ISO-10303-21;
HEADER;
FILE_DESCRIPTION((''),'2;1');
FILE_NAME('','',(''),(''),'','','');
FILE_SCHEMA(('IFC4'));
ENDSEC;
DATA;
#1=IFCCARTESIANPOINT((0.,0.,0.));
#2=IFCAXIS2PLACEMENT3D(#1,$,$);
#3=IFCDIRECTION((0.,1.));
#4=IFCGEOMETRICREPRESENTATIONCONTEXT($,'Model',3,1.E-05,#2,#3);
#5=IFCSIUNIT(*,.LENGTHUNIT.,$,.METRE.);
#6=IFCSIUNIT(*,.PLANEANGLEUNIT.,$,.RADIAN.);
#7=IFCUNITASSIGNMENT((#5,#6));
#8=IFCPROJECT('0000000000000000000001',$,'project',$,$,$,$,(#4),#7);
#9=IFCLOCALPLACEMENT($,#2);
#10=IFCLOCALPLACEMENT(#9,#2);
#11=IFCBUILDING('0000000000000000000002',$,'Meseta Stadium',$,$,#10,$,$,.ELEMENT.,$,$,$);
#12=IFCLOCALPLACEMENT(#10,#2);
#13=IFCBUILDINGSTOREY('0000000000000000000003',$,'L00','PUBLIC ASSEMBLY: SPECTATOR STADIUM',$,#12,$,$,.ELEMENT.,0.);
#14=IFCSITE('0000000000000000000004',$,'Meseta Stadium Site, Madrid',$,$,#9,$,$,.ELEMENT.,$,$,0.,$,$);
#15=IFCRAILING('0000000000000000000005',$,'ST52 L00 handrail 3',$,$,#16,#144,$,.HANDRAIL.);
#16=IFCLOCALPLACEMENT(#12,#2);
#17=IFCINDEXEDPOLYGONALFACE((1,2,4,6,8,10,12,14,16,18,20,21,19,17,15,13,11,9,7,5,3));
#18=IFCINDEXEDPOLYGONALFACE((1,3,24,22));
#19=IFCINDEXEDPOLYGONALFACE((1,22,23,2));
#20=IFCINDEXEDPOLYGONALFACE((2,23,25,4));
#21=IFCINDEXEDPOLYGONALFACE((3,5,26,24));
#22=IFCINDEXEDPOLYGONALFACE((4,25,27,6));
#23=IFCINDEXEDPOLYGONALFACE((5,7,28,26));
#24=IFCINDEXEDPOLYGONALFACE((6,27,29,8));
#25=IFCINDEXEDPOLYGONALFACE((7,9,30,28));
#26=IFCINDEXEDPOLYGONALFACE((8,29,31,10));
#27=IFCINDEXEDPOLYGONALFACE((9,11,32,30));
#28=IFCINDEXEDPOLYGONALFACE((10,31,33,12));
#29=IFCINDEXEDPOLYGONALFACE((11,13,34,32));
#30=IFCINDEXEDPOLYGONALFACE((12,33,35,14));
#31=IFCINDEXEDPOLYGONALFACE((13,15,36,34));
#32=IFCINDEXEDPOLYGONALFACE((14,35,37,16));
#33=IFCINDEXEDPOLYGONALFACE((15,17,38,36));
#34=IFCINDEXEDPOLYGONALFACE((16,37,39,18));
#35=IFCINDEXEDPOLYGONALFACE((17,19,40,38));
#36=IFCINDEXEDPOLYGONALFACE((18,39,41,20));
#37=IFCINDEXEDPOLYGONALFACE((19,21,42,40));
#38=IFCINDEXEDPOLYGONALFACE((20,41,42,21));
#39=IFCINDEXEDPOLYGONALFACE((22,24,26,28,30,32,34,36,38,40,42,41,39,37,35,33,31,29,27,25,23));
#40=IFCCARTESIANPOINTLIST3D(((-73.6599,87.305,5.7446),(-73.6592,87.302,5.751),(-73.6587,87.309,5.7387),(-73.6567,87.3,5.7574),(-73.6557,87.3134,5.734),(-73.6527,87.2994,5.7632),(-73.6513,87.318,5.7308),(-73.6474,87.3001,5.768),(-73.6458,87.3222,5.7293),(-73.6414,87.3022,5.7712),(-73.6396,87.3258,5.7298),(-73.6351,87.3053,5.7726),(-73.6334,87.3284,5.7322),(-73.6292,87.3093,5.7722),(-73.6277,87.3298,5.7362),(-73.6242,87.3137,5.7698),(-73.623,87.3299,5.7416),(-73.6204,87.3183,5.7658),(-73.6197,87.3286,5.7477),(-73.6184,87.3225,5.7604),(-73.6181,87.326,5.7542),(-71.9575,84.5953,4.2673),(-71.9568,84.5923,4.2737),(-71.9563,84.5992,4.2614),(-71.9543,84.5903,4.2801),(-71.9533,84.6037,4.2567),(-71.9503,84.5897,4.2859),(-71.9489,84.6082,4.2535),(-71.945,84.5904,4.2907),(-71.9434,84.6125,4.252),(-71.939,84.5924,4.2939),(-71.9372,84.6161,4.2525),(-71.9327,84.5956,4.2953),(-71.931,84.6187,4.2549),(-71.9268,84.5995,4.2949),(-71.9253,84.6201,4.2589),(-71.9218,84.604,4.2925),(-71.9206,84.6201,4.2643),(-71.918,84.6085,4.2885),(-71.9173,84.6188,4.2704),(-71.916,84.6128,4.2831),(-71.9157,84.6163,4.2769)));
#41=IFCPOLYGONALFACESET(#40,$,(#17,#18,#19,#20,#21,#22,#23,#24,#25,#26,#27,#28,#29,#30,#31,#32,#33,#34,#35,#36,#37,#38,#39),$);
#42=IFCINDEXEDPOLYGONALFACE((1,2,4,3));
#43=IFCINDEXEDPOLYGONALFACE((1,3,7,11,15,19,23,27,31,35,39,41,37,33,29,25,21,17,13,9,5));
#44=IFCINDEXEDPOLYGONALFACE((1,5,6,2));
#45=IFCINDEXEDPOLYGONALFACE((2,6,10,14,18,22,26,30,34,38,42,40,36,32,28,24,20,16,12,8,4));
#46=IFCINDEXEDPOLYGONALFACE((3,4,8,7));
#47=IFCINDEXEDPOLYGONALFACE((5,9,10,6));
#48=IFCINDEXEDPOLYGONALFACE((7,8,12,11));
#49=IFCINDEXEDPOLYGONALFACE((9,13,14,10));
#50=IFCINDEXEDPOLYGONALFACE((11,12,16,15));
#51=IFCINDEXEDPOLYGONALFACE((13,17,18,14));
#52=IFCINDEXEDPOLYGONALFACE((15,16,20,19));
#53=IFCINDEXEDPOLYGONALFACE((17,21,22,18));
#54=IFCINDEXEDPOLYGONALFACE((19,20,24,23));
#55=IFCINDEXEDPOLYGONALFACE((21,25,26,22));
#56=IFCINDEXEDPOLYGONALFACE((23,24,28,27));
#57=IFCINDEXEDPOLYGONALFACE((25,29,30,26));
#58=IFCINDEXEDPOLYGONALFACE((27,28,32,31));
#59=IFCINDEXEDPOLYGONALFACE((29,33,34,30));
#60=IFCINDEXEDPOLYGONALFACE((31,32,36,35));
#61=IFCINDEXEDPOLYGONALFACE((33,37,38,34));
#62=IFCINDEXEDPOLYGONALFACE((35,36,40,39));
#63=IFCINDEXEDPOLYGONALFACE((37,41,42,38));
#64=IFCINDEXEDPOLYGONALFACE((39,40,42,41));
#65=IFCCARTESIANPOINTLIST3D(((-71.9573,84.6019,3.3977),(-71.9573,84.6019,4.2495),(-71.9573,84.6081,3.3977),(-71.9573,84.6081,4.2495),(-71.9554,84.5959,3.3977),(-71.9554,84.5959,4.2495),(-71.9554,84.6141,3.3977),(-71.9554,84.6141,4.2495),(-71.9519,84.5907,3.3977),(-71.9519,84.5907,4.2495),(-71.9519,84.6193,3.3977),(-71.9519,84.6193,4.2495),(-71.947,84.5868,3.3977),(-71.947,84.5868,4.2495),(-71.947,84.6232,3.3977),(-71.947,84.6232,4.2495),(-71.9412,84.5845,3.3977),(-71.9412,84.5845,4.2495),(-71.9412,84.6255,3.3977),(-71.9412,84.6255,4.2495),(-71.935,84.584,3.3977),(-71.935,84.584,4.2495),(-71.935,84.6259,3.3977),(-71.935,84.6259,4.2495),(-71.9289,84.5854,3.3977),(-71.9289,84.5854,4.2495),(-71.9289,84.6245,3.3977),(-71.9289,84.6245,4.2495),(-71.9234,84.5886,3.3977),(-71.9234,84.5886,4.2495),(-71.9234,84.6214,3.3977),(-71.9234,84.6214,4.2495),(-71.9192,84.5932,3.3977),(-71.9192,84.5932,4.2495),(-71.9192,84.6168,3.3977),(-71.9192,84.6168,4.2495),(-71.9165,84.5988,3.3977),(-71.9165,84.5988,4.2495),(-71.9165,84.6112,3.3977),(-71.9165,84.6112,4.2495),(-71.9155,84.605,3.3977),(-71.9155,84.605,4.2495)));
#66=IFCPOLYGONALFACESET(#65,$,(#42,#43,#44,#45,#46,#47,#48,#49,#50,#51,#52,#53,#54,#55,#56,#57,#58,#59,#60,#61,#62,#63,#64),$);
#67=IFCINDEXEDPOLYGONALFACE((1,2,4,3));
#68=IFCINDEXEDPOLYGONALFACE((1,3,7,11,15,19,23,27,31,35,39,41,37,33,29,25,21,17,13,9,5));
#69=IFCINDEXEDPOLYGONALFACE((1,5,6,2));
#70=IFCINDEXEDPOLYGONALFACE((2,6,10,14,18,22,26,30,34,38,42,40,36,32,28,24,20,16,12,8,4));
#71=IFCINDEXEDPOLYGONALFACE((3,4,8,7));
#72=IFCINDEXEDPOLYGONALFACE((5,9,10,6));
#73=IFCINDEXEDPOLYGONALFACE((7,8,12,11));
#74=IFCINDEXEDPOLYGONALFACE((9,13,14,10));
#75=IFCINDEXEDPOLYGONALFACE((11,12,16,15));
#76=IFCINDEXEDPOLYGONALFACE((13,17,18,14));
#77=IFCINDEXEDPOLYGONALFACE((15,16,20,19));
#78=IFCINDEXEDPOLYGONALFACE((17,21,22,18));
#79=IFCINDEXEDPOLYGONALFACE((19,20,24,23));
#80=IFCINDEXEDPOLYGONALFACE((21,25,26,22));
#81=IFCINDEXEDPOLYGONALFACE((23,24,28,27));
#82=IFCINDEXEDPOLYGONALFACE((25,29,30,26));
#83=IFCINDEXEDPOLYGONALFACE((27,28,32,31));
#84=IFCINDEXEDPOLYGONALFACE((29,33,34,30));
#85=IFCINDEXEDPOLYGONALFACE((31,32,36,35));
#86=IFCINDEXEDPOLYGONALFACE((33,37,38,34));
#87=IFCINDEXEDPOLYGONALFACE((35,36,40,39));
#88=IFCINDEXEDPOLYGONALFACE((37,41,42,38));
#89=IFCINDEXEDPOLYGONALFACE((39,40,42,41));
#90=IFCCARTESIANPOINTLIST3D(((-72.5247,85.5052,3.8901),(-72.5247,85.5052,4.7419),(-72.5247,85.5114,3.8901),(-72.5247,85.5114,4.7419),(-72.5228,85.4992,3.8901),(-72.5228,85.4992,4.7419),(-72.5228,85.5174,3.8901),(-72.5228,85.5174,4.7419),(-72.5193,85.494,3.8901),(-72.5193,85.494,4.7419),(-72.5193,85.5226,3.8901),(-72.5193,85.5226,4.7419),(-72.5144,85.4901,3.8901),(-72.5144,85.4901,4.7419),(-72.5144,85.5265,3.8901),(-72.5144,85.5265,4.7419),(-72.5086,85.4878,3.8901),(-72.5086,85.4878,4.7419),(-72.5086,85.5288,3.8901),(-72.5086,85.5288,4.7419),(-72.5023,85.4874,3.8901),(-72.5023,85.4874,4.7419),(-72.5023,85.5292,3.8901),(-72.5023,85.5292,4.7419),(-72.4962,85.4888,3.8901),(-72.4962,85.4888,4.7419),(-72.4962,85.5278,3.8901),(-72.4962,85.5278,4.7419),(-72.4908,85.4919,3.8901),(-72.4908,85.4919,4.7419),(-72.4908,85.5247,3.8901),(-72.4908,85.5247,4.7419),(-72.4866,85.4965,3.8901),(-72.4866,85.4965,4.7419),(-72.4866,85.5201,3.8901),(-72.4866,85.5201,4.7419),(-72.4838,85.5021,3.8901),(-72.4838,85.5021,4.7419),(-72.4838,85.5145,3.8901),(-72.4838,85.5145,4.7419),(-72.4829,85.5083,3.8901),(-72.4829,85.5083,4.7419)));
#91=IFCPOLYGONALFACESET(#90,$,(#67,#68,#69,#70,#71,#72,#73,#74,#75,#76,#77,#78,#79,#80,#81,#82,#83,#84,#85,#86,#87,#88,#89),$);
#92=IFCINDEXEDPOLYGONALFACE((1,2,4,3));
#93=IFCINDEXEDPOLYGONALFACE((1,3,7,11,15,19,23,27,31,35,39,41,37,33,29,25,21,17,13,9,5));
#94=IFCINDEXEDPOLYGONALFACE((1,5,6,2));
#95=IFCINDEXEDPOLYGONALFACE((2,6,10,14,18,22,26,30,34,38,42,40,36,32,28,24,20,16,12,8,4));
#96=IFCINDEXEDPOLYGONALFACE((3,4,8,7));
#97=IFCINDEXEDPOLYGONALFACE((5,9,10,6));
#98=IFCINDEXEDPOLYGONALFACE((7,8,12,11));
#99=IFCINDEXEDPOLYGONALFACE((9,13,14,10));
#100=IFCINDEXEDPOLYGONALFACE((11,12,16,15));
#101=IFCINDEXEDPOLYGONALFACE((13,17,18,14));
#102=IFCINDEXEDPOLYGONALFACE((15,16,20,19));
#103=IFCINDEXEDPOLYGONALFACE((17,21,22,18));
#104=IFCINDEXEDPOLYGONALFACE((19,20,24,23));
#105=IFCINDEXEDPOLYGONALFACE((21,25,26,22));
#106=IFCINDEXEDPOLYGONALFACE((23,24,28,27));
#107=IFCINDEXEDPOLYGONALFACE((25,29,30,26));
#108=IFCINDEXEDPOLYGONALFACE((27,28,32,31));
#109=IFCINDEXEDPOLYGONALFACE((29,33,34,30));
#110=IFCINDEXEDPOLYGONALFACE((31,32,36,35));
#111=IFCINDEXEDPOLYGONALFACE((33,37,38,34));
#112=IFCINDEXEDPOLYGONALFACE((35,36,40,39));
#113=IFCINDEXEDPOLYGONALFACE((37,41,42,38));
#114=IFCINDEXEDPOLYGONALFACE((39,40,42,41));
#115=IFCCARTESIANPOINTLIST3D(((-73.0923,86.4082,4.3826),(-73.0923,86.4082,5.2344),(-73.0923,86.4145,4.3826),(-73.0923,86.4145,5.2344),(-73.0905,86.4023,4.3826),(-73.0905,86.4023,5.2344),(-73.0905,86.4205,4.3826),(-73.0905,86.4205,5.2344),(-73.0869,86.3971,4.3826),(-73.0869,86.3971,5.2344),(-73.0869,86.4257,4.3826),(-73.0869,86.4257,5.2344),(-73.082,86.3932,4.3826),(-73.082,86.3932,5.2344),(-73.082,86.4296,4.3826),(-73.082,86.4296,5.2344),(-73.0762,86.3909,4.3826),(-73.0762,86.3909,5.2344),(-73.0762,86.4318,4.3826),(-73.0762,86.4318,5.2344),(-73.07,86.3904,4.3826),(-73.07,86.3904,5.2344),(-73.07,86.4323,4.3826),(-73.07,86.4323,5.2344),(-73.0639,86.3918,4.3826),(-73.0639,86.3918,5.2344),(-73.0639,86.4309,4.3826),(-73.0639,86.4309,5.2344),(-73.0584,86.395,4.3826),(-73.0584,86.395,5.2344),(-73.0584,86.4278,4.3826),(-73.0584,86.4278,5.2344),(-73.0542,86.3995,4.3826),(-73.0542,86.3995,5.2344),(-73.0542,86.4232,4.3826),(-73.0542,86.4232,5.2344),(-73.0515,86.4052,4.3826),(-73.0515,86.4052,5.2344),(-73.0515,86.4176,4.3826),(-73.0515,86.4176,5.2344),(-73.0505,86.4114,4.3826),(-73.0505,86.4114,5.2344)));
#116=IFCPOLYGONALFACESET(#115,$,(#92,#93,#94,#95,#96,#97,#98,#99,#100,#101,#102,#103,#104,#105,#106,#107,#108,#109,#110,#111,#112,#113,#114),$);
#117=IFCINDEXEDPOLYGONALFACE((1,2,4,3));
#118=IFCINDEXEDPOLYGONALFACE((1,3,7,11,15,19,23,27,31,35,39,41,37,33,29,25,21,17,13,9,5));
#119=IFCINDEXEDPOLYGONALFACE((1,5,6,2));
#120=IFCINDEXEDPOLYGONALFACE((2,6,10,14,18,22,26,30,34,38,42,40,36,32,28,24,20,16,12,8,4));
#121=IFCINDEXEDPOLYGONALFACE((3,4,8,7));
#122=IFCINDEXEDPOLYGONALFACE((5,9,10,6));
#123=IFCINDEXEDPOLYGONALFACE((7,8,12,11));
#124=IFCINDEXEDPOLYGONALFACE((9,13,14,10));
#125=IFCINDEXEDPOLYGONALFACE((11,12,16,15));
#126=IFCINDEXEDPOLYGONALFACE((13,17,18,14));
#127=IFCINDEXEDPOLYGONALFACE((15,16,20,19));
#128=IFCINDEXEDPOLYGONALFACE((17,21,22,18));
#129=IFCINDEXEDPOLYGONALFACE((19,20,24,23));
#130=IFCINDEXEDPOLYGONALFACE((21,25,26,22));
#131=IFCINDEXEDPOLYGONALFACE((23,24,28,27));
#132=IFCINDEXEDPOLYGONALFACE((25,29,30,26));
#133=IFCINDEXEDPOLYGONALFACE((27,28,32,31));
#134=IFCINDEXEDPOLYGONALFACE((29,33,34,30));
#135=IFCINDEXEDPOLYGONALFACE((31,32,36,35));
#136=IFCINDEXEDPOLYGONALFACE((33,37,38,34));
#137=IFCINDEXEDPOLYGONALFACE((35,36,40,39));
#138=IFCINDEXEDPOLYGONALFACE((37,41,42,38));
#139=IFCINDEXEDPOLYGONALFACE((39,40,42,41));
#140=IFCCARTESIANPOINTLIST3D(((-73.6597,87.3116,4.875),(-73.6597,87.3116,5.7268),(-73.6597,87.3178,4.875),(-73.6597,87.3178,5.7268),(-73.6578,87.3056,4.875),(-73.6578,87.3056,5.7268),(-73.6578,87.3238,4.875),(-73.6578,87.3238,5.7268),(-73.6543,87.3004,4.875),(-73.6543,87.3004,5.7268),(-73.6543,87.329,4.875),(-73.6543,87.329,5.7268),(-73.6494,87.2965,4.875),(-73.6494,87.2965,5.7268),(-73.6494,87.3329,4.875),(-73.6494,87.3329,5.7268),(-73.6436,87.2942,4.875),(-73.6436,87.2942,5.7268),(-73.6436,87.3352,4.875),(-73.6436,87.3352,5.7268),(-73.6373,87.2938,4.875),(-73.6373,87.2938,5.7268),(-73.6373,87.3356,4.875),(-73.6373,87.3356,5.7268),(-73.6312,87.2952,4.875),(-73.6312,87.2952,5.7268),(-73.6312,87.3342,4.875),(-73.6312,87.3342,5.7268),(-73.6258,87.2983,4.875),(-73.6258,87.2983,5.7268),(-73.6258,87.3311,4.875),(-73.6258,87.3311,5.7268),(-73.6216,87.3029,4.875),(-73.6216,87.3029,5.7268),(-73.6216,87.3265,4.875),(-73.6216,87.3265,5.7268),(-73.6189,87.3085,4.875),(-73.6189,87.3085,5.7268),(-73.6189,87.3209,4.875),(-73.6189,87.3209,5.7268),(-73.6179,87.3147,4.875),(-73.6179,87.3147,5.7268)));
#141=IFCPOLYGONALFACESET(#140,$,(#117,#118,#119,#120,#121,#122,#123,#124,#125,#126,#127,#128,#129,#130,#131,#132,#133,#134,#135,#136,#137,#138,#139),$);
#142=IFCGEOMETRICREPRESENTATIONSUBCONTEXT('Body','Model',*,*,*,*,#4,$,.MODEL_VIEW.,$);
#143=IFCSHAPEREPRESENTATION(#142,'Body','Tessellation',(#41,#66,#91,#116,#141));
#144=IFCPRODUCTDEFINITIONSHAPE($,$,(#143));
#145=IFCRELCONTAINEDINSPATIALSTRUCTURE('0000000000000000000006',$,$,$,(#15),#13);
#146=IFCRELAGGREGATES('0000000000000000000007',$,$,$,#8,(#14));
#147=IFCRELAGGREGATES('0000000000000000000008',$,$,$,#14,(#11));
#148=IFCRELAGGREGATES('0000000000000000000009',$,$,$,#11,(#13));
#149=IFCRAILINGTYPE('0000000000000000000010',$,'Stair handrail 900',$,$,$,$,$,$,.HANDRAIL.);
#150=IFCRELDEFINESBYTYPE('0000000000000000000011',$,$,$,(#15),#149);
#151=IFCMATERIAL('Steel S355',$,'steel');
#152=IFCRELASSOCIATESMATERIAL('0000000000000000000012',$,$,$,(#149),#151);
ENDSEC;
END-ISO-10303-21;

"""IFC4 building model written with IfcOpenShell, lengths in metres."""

from ifc_helpers import new_model, si_unit, direction, frame, origin, origin_2d, place, context, subcontext, project, spatial, circle, extrude, material, type_object, element, save


model = new_model("IFC4")

# Units and contexts
model_context = context("Model", 3, precision=1e-05, world=origin(), true_north=direction((0.0, 1.0)))
body_context = subcontext(model_context, "Body", "Model", "MODEL_VIEW")
ifc_project = project(units=[si_unit("LENGTHUNIT", "METRE"), si_unit("PLANEANGLEUNIT", "RADIAN")], contexts=[model_context])

# Site, building, storey
site_placement = place(None, origin())
site = spatial("IfcSite", under=ifc_project, at=site_placement, Name="Meseta Stadium Site, Madrid", CompositionType="ELEMENT", RefElevation=0.0)
building_placement = place(site_placement, origin())
building = spatial("IfcBuilding", under=site, at=building_placement, Name="Meseta Stadium", CompositionType="ELEMENT")
storey_placement = place(building_placement, origin())
storey = spatial("IfcBuildingStorey", under=building, at=storey_placement, Name="L00", Description="PUBLIC ASSEMBLY: SPECTATOR STADIUM", CompositionType="ELEMENT", Elevation=0.0)

# Railing
ifc_material_1 = material(Name="Steel S355", Category="steel")
railing_type_1 = type_object("IfcRailingType", Name="Stair handrail 900", PredefinedType="HANDRAIL", material=ifc_material_1)
for number, where, name in (
    (1, (-71.9365, 84.605, 3.3977), "ST52 L00 handrail 3"),
):
    element("IfcRailing", number, at=place(storey_placement, frame(where)), inside=storey, type_object=railing_type_1, Name=name, PredefinedType="HANDRAIL", context=body_context, shape_type="SweptSolid", body=[
        extrude(circle(Radius=0.0239, at=origin_2d()), frame((0.0, 0.0, 0.876), z_axis=(-0.482997, 0.768792, 0.419133), x_axis=(-0.846757, -0.531979, 0.0)), (0.0, 0.0, 1.0), 3.5247),
        extrude(circle(Radius=0.021, at=origin_2d()), origin(), (0.0, 0.0, 1.0), 0.8518),
        extrude(circle(Radius=0.021, at=origin_2d()), frame((-0.5674, 0.9033, 0.4924)), (0.0, 0.0, 1.0), 0.8518),
        extrude(circle(Radius=0.021, at=origin_2d()), frame((-1.135, 1.8064, 0.9849)), (0.0, 0.0, 1.0), 0.8518),
        extrude(circle(Radius=0.021, at=origin_2d()), frame((-1.7024, 2.7097, 1.4773)), (0.0, 0.0, 1.0), 0.8518),
    ])

save(model, "model.ifc")
